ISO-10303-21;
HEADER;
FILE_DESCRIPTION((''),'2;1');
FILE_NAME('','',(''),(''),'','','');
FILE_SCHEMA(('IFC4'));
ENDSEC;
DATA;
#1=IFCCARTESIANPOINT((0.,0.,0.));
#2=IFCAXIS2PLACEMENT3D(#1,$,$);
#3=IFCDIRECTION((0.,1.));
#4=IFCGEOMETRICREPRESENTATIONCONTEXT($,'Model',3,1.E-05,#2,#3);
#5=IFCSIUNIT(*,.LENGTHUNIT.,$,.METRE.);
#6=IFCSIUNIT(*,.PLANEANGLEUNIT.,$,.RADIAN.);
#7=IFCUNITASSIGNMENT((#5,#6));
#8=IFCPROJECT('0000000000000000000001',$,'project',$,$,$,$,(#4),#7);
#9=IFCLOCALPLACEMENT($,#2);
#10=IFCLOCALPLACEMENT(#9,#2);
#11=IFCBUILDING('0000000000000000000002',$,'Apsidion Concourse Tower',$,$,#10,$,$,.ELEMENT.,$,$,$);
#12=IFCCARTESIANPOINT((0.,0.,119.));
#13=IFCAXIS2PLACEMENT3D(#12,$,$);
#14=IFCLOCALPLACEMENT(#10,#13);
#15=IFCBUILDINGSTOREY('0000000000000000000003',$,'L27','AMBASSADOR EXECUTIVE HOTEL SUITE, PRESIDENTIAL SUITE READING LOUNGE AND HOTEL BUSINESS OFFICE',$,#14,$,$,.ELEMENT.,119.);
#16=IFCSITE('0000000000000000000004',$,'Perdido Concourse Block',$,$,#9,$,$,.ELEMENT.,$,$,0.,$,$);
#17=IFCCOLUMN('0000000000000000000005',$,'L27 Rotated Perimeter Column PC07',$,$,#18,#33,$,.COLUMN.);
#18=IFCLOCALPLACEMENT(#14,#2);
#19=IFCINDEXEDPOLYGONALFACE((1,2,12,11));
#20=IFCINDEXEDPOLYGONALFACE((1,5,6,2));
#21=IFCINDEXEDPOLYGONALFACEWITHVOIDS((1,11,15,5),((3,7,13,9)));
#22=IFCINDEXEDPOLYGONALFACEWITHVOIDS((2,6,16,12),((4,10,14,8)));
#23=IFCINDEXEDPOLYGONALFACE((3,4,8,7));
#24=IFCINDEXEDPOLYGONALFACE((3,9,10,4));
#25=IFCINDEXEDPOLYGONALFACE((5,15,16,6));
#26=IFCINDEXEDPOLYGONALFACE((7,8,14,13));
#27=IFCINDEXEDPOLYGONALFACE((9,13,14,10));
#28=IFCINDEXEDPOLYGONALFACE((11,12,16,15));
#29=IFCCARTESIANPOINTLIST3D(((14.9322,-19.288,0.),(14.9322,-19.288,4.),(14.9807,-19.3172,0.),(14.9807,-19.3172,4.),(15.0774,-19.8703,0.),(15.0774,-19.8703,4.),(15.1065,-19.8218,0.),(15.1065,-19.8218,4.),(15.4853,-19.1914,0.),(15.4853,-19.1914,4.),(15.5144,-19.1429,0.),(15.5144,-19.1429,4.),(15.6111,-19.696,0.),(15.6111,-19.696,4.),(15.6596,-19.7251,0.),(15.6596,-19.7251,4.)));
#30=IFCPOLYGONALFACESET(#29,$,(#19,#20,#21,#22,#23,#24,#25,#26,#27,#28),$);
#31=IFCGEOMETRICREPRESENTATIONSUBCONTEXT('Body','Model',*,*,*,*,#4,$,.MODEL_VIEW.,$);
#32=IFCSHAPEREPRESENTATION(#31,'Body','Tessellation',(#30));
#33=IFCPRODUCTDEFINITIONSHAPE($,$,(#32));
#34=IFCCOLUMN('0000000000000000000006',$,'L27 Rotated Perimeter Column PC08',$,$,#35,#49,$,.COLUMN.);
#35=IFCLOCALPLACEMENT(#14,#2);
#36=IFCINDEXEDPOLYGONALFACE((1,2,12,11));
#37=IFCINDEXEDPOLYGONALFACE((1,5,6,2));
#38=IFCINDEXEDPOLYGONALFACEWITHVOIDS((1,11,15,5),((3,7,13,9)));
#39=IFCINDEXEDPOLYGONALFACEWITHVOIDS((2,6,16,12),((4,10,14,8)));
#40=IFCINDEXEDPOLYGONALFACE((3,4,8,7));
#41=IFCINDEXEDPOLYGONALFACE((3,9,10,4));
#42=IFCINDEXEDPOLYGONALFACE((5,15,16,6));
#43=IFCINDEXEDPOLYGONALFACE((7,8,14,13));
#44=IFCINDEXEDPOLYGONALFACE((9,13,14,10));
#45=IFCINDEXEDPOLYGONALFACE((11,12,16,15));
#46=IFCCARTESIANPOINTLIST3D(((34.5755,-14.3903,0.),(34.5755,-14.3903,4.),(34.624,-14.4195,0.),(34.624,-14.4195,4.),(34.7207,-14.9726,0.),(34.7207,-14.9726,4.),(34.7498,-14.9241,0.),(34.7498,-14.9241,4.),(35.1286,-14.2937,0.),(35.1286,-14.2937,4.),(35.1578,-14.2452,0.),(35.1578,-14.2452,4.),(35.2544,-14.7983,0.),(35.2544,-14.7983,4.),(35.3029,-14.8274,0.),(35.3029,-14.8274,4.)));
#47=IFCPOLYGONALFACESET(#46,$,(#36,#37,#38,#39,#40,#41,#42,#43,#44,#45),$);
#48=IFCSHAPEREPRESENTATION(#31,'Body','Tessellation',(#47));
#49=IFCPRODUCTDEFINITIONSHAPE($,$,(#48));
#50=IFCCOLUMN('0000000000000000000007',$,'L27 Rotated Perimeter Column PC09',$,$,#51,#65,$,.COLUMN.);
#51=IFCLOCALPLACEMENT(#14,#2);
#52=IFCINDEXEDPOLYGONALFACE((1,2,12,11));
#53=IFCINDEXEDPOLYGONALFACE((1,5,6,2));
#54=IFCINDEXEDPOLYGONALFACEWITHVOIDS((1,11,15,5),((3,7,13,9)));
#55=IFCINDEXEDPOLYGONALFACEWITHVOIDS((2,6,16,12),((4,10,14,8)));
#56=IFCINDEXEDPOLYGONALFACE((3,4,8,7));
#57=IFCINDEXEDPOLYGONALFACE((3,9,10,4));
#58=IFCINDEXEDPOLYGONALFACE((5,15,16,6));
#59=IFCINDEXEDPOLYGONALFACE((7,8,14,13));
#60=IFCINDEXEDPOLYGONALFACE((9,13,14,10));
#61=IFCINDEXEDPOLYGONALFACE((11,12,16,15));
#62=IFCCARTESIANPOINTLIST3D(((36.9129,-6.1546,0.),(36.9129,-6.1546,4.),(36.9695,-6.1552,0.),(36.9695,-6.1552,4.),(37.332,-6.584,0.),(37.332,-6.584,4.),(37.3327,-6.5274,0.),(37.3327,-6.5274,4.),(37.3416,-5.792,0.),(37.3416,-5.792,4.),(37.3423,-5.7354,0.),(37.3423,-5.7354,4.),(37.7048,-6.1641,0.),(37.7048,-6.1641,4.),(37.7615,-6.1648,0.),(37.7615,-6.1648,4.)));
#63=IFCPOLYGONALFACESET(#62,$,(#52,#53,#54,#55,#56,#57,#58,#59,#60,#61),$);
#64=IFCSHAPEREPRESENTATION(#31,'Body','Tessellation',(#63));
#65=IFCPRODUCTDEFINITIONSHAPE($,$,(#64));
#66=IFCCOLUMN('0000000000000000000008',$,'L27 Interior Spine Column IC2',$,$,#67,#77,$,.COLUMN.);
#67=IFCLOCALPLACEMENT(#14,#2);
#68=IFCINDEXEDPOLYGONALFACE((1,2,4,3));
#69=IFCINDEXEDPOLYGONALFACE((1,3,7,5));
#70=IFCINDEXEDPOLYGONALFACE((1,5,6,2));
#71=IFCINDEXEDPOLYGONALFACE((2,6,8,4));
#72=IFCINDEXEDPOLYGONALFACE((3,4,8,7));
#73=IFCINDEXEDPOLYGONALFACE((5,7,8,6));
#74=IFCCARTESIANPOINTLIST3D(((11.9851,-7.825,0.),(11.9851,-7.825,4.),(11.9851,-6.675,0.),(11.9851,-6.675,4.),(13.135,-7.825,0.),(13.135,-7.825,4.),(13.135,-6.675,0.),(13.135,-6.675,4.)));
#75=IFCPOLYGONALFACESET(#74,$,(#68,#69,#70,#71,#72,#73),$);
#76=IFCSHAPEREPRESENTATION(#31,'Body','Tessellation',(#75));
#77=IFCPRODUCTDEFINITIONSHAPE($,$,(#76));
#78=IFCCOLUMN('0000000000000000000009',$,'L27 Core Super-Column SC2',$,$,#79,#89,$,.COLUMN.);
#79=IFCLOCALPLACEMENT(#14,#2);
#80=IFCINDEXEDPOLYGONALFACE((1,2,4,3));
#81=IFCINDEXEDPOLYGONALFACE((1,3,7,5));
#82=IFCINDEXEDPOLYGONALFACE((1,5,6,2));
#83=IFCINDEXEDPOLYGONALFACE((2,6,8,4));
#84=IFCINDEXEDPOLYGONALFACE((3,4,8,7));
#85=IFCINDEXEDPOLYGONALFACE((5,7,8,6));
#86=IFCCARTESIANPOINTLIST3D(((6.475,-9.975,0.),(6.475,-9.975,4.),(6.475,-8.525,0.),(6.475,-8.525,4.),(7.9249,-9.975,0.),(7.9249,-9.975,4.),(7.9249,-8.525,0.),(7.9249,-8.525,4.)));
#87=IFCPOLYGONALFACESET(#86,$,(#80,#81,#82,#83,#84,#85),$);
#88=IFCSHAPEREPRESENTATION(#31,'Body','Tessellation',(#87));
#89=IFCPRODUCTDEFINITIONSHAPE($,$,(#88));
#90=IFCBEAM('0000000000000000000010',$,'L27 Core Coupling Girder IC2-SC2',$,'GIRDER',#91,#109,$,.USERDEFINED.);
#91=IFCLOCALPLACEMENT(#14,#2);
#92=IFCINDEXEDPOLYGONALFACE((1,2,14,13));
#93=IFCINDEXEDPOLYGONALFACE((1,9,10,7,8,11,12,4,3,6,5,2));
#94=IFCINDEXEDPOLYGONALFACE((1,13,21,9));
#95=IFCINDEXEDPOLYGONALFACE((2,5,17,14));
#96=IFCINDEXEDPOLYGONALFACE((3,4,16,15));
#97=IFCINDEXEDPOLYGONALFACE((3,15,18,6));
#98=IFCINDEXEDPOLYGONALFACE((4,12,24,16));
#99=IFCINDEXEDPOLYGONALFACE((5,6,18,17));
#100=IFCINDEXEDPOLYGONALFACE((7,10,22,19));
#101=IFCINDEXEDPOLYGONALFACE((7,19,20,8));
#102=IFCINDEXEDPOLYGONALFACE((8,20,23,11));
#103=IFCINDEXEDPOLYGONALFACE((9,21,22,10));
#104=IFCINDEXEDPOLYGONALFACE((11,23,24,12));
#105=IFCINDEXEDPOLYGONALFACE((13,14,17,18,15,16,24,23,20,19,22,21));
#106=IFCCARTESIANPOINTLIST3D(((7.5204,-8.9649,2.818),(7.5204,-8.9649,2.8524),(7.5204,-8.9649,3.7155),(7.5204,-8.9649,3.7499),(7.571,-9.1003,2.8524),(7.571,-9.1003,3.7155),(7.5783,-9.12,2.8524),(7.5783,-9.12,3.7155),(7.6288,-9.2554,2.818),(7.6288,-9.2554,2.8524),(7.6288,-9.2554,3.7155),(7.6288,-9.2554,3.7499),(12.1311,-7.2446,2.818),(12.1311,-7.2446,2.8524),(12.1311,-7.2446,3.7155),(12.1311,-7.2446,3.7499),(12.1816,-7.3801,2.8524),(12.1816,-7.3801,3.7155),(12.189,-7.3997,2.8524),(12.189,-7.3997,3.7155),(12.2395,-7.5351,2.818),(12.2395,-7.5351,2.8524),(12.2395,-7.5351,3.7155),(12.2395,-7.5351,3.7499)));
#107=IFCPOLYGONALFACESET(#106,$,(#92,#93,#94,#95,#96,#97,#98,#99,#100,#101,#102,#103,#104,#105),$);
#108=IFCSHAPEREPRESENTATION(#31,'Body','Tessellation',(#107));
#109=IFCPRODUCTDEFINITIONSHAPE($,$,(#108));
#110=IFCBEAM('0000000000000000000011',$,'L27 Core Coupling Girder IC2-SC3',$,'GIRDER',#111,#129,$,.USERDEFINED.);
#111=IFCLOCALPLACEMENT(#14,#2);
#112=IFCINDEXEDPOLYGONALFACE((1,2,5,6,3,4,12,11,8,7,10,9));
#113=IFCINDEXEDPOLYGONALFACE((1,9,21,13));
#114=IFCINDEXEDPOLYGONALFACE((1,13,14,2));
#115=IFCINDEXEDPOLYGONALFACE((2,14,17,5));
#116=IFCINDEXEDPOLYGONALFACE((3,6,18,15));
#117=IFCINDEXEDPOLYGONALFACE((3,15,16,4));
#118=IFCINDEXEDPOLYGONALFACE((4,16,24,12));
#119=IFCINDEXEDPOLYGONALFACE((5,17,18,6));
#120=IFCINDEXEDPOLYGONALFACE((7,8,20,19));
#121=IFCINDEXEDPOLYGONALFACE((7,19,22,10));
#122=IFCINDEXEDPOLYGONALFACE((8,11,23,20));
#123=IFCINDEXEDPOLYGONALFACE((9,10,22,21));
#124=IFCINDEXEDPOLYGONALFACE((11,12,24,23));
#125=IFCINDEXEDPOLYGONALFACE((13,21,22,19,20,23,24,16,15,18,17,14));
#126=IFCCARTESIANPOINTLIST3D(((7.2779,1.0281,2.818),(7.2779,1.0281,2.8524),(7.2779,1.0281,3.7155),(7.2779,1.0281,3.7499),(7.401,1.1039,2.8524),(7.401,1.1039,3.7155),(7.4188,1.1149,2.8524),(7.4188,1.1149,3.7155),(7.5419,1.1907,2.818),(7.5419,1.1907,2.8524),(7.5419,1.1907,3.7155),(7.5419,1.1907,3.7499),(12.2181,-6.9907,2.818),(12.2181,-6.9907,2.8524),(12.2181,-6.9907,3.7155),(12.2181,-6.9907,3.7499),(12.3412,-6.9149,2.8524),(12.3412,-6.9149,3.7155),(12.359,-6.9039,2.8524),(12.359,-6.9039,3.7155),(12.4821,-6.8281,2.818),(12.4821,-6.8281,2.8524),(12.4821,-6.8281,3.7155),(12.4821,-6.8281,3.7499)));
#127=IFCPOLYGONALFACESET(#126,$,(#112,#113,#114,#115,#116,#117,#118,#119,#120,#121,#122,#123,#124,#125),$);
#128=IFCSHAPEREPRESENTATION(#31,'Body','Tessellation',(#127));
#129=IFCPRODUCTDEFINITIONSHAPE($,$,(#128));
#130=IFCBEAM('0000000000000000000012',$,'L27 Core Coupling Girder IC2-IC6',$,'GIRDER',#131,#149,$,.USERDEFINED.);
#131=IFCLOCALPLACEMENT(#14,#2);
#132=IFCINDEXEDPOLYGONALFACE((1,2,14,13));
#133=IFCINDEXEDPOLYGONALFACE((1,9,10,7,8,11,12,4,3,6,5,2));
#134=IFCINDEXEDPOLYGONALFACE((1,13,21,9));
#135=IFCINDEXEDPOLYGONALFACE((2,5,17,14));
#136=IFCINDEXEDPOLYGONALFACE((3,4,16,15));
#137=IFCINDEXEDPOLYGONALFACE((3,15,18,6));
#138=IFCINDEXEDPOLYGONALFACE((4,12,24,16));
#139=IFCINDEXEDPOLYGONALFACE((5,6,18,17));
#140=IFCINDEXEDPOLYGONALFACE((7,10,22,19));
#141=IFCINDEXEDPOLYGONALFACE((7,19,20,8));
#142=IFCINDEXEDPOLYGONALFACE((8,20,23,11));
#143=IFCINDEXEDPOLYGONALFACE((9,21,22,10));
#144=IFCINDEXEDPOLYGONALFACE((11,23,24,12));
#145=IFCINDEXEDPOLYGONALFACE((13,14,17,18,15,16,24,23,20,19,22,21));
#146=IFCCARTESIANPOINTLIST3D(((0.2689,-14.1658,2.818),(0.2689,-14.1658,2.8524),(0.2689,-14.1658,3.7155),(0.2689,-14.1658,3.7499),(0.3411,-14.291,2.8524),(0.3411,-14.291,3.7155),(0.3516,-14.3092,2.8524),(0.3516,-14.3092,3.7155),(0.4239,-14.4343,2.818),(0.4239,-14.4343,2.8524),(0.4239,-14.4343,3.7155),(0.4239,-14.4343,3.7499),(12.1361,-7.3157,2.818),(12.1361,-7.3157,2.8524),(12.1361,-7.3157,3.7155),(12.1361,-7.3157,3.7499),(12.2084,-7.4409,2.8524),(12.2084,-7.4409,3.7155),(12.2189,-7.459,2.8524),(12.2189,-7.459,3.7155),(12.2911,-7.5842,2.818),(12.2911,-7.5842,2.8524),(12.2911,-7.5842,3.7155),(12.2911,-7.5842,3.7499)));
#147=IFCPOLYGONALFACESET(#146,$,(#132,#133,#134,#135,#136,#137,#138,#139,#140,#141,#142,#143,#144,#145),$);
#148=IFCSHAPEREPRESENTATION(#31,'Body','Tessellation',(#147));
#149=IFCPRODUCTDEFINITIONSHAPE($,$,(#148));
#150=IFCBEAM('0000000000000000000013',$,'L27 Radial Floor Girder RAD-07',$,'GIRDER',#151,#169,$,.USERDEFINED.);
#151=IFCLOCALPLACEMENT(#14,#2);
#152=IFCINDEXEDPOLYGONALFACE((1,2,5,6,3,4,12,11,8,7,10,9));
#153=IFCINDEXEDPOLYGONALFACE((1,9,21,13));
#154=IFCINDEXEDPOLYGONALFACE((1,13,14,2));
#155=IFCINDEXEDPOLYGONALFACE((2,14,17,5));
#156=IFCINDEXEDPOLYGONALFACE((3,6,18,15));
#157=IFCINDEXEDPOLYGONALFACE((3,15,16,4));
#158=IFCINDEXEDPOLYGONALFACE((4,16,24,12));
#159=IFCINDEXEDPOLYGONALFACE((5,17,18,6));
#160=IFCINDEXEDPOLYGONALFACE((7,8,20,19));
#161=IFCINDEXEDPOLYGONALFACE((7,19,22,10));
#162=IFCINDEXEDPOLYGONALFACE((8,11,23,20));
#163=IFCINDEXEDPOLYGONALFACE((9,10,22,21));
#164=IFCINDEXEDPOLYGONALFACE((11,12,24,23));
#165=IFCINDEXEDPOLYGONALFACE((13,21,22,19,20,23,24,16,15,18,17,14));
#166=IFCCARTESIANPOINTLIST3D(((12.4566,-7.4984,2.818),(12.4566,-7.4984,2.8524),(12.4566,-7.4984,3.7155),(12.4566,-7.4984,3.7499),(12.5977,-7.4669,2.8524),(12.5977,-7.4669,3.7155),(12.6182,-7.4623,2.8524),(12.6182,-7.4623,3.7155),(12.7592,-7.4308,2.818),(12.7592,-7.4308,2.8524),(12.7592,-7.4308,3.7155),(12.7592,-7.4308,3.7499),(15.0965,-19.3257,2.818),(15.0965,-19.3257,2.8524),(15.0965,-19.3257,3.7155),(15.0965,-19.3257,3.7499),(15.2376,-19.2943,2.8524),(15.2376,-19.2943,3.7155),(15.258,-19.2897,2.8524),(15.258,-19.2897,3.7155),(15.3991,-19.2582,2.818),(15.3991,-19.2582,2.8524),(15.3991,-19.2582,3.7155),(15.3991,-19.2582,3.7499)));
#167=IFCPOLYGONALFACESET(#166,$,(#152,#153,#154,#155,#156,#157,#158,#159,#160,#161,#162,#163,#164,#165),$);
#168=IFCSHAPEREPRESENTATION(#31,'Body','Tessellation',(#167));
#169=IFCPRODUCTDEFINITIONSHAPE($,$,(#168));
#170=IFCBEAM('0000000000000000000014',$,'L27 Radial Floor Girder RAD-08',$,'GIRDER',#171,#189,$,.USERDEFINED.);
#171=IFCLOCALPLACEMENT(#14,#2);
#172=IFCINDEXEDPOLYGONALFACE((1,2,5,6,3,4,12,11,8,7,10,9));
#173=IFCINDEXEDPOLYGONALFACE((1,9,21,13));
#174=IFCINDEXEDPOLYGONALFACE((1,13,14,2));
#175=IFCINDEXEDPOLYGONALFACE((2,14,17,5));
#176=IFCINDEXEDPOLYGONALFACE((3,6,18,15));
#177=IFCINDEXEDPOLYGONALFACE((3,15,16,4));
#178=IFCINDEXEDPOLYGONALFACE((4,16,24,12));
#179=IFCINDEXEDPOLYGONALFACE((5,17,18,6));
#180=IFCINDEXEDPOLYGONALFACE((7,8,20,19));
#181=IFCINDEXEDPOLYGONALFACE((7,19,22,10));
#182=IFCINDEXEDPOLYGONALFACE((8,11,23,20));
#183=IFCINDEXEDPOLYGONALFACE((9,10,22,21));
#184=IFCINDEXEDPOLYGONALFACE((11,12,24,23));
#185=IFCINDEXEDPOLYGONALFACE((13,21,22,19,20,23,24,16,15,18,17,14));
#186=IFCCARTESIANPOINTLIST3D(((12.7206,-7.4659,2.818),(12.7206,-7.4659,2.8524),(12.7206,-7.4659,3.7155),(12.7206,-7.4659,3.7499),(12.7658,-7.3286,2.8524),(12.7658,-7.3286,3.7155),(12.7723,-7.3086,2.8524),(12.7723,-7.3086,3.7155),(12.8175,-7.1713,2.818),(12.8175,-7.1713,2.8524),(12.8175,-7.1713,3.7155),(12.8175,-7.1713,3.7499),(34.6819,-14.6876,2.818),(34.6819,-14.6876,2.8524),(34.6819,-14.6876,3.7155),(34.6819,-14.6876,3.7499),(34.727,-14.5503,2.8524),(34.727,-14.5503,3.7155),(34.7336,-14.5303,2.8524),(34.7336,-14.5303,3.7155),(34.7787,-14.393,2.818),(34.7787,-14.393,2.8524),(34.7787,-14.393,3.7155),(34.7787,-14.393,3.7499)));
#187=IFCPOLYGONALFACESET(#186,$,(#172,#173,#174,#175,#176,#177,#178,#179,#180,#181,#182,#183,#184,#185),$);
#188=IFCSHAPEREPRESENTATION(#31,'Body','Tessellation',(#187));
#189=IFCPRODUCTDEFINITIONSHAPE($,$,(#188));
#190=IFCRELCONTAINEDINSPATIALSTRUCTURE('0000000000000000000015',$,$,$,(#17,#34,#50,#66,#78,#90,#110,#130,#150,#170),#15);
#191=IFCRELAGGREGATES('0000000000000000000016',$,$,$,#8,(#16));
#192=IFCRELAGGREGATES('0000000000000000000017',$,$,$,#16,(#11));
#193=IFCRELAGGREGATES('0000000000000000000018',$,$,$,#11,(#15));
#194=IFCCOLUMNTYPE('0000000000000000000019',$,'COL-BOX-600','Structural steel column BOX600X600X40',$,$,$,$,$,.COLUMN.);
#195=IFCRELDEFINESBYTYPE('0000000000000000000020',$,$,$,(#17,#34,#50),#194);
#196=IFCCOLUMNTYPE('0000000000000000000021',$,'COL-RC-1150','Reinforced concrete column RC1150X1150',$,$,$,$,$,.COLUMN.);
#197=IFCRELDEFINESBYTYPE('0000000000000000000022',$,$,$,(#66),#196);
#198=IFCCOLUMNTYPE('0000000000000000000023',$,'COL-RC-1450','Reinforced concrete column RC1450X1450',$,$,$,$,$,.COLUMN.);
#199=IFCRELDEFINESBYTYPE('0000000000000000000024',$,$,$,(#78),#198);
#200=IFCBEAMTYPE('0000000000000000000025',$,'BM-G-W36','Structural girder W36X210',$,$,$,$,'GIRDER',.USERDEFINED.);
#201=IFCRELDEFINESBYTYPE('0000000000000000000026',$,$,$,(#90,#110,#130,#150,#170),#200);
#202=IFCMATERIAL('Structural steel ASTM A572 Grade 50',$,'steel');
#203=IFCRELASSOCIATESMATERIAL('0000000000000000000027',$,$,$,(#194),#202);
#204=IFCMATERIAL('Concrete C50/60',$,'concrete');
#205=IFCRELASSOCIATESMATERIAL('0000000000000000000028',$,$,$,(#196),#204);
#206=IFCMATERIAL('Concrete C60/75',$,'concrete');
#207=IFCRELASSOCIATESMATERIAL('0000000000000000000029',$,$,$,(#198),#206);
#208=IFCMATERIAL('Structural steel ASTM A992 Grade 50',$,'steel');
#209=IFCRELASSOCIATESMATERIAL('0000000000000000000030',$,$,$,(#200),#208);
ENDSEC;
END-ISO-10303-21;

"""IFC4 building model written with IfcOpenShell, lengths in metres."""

from ifc_helpers import new_model, si_unit, direction, frame, origin, origin_2d, place, context, subcontext, project, spatial, rectangle, hollow_rectangle, i_section, extrude, material, material_profile, profile_set, type_object, element, save


model = new_model("IFC4")

# Units and contexts
model_context = context("Model", 3, precision=1e-05, world=origin(), true_north=direction((0.0, 1.0)))
body_context = subcontext(model_context, "Body", "Model", "MODEL_VIEW")
ifc_project = project(units=[si_unit("LENGTHUNIT", "METRE"), si_unit("PLANEANGLEUNIT", "RADIAN")], contexts=[model_context])

# Site, building, storey
site_placement = place(None, origin())
site = spatial("IfcSite", under=ifc_project, at=site_placement, Name="Perdido Concourse Block", CompositionType="ELEMENT", RefElevation=0.0)
building_placement = place(site_placement, origin())
building = spatial("IfcBuilding", under=site, at=building_placement, Name="Apsidion Concourse Tower", CompositionType="ELEMENT")
storey_placement = place(building_placement, frame((0.0, 0.0, 119.0)))
storey = spatial("IfcBuildingStorey", under=building, at=storey_placement, Name="L27", Description="AMBASSADOR EXECUTIVE HOTEL SUITE, PRESIDENTIAL SUITE READING LOUNGE AND HOTEL BUSINESS OFFICE", CompositionType="ELEMENT", Elevation=119.0)

# Columns
ifc_material_1 = material(Name="Structural steel ASTM A572 Grade 50", Category="steel")
ifc_material_profile_1 = material_profile(ifc_material_1, hollow_rectangle(XDim=0.6001, YDim=0.6001, WallThickness=0.04, at=origin_2d()), Name="BOX600X600X40")
ifc_profile_set_1 = profile_set([ifc_material_profile_1], Name="Structural steel ASTM A572 Grade 50")
column_type_1 = type_object("IfcColumnType", Name="COL-BOX-600", Description="Structural steel column BOX600X600X40", PredefinedType="COLUMN", material=ifc_profile_set_1)
for number, where, z_axis, x_axis, name in (
    (1, (15.2959, -19.5066, 0.0), (0.0, 0.0, 1.0), (0.970296, 0.241922, 0.0), "L27 Rotated Perimeter Column PC07"),
    (2, (34.9392, -14.6089, 0.0), (0.0, 0.0, 1.0), (0.970296, 0.241922, 0.0), "L27 Rotated Perimeter Column PC08"),
    (3, (37.3372, -6.1597, 0.0), (0.0, 0.0, 1.0), (-0.69854, 0.715571, 0.0), "L27 Rotated Perimeter Column PC09"),
):
    element("IfcColumn", number, at=place(storey_placement, frame(where, z_axis=z_axis, x_axis=x_axis)), inside=storey, type_object=column_type_1, Name=name, PredefinedType="COLUMN", context=body_context, shape_type="SweptSolid", body=[
        extrude(hollow_rectangle(XDim=0.6001, YDim=0.6001, WallThickness=0.04, at=origin_2d()), origin(), (0.0, 0.0, 1.0), 4.0),
    ])
ifc_material_2 = material(Name="Concrete C50/60", Category="concrete")
ifc_material_profile_2 = material_profile(ifc_material_2, rectangle(XDim=1.1499, YDim=1.1499, at=origin_2d()), Name="RC 1150x1150")
ifc_profile_set_2 = profile_set([ifc_material_profile_2], Name="Concrete C50/60")
column_type_2 = type_object("IfcColumnType", Name="COL-RC-1150", Description="Reinforced concrete column RC1150X1150", PredefinedType="COLUMN", material=ifc_profile_set_2)
column_1_placement = place(storey_placement, frame((12.5601, -7.25, 0.0), z_axis=(0.0, 0.0, 1.0), x_axis=(1.0, 0.0, 0.0)))
element("IfcColumn", 4, at=column_1_placement, inside=storey, type_object=column_type_2, Name="L27 Interior Spine Column IC2", PredefinedType="COLUMN", context=body_context, shape_type="SweptSolid", body=[
    extrude(rectangle(XDim=1.1499, YDim=1.1499, at=origin_2d()), origin(), (0.0, 0.0, 1.0), 4.0),
])
ifc_material_3 = material(Name="Concrete C60/75", Category="concrete")
ifc_material_profile_3 = material_profile(ifc_material_3, rectangle(XDim=1.45, YDim=1.45, at=origin_2d()), Name="RC 1450x1450")
ifc_profile_set_3 = profile_set([ifc_material_profile_3], Name="Concrete C60/75")
column_type_3 = type_object("IfcColumnType", Name="COL-RC-1450", Description="Reinforced concrete column RC1450X1450", PredefinedType="COLUMN", material=ifc_profile_set_3)
column_2_placement = place(storey_placement, frame((7.2, -9.25, 0.0), z_axis=(0.0, 0.0, 1.0), x_axis=(1.0, 0.0, 0.0)))
element("IfcColumn", 5, at=column_2_placement, inside=storey, type_object=column_type_3, Name="L27 Core Super-Column SC2", PredefinedType="COLUMN", context=body_context, shape_type="SweptSolid", body=[
    extrude(rectangle(XDim=1.45, YDim=1.45, at=origin_2d()), origin(), (0.0, 0.0, 1.0), 4.0),
])

# Beams
ifc_material_4 = material(Name="Structural steel ASTM A992 Grade 50", Category="steel")
ifc_material_profile_4 = material_profile(ifc_material_4, i_section(OverallWidth=0.3101, OverallDepth=0.9319, WebThickness=0.021, FlangeThickness=0.0344, at=origin_2d()), Name="W36X210")
ifc_profile_set_4 = profile_set([ifc_material_profile_4], Name="Structural steel ASTM A992 Grade 50")
beam_type_1 = type_object("IfcBeamType", Name="BM-G-W36", Description="Structural girder W36X210", ElementType="GIRDER", PredefinedType="USERDEFINED", material=ifc_profile_set_4)
beam_1_placement = place(storey_placement, frame((12.1853, -7.3899, 3.2839), z_axis=(-0.936913, -0.349563, 0.0), x_axis=(0.349563, -0.936913, 0.0)))
element("IfcBeam", 6, at=beam_1_placement, inside=storey, type_object=beam_type_1, Name="L27 Core Coupling Girder IC2-SC2", ObjectType="GIRDER", PredefinedType="USERDEFINED", context=body_context, shape_type="SweptSolid", body=[
    extrude(i_section(OverallWidth=0.3101, OverallDepth=0.9319, WebThickness=0.021, FlangeThickness=0.0344, at=origin_2d()), origin(), (0.0, 0.0, 1.0), 4.9211),
])
beam_2_placement = place(storey_placement, frame((12.3501, -6.9094, 3.2839), z_axis=(-0.524524, 0.851396, 0.0), x_axis=(-0.851396, -0.524524, 0.0)))
element("IfcBeam", 7, at=beam_2_placement, inside=storey, type_object=beam_type_1, Name="L27 Core Coupling Girder IC2-SC3", ObjectType="GIRDER", PredefinedType="USERDEFINED", context=body_context, shape_type="SweptSolid", body=[
    extrude(i_section(OverallWidth=0.3101, OverallDepth=0.9319, WebThickness=0.021, FlangeThickness=0.0344, at=origin_2d()), origin(), (0.0, 0.0, 1.0), 9.4185),
])
beam_3_placement = place(storey_placement, frame((12.2136, -7.45, 3.2839), z_axis=(-0.86607, -0.499922, 0.0), x_axis=(0.499922, -0.86607, 0.0)))
element("IfcBeam", 8, at=beam_3_placement, inside=storey, type_object=beam_type_1, Name="L27 Core Coupling Girder IC2-IC6", ObjectType="GIRDER", PredefinedType="USERDEFINED", context=body_context, shape_type="SweptSolid", body=[
    extrude(i_section(OverallWidth=0.3101, OverallDepth=0.9319, WebThickness=0.021, FlangeThickness=0.0344, at=origin_2d()), origin(), (0.0, 0.0, 1.0), 13.7024),
])
beam_4_placement = place(storey_placement, frame((12.6079, -7.4646, 3.2839), z_axis=(0.217841, -0.975984, 0.0), x_axis=(0.975984, 0.217841, 0.0)))
element("IfcBeam", 9, at=beam_4_placement, inside=storey, type_object=beam_type_1, Name="L27 Radial Floor Girder RAD-07", ObjectType="GIRDER", PredefinedType="USERDEFINED", context=body_context, shape_type="SweptSolid", body=[
    extrude(i_section(OverallWidth=0.3101, OverallDepth=0.9319, WebThickness=0.021, FlangeThickness=0.0344, at=origin_2d()), origin(), (0.0, 0.0, 1.0), 12.1184),
])
beam_5_placement = place(storey_placement, frame((12.769, -7.3186, 3.2839), z_axis=(0.949957, -0.312382, 0.0), x_axis=(0.312382, 0.949957, 0.0)))
element("IfcBeam", 10, at=beam_5_placement, inside=storey, type_object=beam_type_1, Name="L27 Radial Floor Girder RAD-08", ObjectType="GIRDER", PredefinedType="USERDEFINED", context=body_context, shape_type="SweptSolid", body=[
    extrude(i_section(OverallWidth=0.3101, OverallDepth=0.9319, WebThickness=0.021, FlangeThickness=0.0344, at=origin_2d()), origin(), (0.0, 0.0, 1.0), 23.1182),
])

save(model, "model.ifc")
